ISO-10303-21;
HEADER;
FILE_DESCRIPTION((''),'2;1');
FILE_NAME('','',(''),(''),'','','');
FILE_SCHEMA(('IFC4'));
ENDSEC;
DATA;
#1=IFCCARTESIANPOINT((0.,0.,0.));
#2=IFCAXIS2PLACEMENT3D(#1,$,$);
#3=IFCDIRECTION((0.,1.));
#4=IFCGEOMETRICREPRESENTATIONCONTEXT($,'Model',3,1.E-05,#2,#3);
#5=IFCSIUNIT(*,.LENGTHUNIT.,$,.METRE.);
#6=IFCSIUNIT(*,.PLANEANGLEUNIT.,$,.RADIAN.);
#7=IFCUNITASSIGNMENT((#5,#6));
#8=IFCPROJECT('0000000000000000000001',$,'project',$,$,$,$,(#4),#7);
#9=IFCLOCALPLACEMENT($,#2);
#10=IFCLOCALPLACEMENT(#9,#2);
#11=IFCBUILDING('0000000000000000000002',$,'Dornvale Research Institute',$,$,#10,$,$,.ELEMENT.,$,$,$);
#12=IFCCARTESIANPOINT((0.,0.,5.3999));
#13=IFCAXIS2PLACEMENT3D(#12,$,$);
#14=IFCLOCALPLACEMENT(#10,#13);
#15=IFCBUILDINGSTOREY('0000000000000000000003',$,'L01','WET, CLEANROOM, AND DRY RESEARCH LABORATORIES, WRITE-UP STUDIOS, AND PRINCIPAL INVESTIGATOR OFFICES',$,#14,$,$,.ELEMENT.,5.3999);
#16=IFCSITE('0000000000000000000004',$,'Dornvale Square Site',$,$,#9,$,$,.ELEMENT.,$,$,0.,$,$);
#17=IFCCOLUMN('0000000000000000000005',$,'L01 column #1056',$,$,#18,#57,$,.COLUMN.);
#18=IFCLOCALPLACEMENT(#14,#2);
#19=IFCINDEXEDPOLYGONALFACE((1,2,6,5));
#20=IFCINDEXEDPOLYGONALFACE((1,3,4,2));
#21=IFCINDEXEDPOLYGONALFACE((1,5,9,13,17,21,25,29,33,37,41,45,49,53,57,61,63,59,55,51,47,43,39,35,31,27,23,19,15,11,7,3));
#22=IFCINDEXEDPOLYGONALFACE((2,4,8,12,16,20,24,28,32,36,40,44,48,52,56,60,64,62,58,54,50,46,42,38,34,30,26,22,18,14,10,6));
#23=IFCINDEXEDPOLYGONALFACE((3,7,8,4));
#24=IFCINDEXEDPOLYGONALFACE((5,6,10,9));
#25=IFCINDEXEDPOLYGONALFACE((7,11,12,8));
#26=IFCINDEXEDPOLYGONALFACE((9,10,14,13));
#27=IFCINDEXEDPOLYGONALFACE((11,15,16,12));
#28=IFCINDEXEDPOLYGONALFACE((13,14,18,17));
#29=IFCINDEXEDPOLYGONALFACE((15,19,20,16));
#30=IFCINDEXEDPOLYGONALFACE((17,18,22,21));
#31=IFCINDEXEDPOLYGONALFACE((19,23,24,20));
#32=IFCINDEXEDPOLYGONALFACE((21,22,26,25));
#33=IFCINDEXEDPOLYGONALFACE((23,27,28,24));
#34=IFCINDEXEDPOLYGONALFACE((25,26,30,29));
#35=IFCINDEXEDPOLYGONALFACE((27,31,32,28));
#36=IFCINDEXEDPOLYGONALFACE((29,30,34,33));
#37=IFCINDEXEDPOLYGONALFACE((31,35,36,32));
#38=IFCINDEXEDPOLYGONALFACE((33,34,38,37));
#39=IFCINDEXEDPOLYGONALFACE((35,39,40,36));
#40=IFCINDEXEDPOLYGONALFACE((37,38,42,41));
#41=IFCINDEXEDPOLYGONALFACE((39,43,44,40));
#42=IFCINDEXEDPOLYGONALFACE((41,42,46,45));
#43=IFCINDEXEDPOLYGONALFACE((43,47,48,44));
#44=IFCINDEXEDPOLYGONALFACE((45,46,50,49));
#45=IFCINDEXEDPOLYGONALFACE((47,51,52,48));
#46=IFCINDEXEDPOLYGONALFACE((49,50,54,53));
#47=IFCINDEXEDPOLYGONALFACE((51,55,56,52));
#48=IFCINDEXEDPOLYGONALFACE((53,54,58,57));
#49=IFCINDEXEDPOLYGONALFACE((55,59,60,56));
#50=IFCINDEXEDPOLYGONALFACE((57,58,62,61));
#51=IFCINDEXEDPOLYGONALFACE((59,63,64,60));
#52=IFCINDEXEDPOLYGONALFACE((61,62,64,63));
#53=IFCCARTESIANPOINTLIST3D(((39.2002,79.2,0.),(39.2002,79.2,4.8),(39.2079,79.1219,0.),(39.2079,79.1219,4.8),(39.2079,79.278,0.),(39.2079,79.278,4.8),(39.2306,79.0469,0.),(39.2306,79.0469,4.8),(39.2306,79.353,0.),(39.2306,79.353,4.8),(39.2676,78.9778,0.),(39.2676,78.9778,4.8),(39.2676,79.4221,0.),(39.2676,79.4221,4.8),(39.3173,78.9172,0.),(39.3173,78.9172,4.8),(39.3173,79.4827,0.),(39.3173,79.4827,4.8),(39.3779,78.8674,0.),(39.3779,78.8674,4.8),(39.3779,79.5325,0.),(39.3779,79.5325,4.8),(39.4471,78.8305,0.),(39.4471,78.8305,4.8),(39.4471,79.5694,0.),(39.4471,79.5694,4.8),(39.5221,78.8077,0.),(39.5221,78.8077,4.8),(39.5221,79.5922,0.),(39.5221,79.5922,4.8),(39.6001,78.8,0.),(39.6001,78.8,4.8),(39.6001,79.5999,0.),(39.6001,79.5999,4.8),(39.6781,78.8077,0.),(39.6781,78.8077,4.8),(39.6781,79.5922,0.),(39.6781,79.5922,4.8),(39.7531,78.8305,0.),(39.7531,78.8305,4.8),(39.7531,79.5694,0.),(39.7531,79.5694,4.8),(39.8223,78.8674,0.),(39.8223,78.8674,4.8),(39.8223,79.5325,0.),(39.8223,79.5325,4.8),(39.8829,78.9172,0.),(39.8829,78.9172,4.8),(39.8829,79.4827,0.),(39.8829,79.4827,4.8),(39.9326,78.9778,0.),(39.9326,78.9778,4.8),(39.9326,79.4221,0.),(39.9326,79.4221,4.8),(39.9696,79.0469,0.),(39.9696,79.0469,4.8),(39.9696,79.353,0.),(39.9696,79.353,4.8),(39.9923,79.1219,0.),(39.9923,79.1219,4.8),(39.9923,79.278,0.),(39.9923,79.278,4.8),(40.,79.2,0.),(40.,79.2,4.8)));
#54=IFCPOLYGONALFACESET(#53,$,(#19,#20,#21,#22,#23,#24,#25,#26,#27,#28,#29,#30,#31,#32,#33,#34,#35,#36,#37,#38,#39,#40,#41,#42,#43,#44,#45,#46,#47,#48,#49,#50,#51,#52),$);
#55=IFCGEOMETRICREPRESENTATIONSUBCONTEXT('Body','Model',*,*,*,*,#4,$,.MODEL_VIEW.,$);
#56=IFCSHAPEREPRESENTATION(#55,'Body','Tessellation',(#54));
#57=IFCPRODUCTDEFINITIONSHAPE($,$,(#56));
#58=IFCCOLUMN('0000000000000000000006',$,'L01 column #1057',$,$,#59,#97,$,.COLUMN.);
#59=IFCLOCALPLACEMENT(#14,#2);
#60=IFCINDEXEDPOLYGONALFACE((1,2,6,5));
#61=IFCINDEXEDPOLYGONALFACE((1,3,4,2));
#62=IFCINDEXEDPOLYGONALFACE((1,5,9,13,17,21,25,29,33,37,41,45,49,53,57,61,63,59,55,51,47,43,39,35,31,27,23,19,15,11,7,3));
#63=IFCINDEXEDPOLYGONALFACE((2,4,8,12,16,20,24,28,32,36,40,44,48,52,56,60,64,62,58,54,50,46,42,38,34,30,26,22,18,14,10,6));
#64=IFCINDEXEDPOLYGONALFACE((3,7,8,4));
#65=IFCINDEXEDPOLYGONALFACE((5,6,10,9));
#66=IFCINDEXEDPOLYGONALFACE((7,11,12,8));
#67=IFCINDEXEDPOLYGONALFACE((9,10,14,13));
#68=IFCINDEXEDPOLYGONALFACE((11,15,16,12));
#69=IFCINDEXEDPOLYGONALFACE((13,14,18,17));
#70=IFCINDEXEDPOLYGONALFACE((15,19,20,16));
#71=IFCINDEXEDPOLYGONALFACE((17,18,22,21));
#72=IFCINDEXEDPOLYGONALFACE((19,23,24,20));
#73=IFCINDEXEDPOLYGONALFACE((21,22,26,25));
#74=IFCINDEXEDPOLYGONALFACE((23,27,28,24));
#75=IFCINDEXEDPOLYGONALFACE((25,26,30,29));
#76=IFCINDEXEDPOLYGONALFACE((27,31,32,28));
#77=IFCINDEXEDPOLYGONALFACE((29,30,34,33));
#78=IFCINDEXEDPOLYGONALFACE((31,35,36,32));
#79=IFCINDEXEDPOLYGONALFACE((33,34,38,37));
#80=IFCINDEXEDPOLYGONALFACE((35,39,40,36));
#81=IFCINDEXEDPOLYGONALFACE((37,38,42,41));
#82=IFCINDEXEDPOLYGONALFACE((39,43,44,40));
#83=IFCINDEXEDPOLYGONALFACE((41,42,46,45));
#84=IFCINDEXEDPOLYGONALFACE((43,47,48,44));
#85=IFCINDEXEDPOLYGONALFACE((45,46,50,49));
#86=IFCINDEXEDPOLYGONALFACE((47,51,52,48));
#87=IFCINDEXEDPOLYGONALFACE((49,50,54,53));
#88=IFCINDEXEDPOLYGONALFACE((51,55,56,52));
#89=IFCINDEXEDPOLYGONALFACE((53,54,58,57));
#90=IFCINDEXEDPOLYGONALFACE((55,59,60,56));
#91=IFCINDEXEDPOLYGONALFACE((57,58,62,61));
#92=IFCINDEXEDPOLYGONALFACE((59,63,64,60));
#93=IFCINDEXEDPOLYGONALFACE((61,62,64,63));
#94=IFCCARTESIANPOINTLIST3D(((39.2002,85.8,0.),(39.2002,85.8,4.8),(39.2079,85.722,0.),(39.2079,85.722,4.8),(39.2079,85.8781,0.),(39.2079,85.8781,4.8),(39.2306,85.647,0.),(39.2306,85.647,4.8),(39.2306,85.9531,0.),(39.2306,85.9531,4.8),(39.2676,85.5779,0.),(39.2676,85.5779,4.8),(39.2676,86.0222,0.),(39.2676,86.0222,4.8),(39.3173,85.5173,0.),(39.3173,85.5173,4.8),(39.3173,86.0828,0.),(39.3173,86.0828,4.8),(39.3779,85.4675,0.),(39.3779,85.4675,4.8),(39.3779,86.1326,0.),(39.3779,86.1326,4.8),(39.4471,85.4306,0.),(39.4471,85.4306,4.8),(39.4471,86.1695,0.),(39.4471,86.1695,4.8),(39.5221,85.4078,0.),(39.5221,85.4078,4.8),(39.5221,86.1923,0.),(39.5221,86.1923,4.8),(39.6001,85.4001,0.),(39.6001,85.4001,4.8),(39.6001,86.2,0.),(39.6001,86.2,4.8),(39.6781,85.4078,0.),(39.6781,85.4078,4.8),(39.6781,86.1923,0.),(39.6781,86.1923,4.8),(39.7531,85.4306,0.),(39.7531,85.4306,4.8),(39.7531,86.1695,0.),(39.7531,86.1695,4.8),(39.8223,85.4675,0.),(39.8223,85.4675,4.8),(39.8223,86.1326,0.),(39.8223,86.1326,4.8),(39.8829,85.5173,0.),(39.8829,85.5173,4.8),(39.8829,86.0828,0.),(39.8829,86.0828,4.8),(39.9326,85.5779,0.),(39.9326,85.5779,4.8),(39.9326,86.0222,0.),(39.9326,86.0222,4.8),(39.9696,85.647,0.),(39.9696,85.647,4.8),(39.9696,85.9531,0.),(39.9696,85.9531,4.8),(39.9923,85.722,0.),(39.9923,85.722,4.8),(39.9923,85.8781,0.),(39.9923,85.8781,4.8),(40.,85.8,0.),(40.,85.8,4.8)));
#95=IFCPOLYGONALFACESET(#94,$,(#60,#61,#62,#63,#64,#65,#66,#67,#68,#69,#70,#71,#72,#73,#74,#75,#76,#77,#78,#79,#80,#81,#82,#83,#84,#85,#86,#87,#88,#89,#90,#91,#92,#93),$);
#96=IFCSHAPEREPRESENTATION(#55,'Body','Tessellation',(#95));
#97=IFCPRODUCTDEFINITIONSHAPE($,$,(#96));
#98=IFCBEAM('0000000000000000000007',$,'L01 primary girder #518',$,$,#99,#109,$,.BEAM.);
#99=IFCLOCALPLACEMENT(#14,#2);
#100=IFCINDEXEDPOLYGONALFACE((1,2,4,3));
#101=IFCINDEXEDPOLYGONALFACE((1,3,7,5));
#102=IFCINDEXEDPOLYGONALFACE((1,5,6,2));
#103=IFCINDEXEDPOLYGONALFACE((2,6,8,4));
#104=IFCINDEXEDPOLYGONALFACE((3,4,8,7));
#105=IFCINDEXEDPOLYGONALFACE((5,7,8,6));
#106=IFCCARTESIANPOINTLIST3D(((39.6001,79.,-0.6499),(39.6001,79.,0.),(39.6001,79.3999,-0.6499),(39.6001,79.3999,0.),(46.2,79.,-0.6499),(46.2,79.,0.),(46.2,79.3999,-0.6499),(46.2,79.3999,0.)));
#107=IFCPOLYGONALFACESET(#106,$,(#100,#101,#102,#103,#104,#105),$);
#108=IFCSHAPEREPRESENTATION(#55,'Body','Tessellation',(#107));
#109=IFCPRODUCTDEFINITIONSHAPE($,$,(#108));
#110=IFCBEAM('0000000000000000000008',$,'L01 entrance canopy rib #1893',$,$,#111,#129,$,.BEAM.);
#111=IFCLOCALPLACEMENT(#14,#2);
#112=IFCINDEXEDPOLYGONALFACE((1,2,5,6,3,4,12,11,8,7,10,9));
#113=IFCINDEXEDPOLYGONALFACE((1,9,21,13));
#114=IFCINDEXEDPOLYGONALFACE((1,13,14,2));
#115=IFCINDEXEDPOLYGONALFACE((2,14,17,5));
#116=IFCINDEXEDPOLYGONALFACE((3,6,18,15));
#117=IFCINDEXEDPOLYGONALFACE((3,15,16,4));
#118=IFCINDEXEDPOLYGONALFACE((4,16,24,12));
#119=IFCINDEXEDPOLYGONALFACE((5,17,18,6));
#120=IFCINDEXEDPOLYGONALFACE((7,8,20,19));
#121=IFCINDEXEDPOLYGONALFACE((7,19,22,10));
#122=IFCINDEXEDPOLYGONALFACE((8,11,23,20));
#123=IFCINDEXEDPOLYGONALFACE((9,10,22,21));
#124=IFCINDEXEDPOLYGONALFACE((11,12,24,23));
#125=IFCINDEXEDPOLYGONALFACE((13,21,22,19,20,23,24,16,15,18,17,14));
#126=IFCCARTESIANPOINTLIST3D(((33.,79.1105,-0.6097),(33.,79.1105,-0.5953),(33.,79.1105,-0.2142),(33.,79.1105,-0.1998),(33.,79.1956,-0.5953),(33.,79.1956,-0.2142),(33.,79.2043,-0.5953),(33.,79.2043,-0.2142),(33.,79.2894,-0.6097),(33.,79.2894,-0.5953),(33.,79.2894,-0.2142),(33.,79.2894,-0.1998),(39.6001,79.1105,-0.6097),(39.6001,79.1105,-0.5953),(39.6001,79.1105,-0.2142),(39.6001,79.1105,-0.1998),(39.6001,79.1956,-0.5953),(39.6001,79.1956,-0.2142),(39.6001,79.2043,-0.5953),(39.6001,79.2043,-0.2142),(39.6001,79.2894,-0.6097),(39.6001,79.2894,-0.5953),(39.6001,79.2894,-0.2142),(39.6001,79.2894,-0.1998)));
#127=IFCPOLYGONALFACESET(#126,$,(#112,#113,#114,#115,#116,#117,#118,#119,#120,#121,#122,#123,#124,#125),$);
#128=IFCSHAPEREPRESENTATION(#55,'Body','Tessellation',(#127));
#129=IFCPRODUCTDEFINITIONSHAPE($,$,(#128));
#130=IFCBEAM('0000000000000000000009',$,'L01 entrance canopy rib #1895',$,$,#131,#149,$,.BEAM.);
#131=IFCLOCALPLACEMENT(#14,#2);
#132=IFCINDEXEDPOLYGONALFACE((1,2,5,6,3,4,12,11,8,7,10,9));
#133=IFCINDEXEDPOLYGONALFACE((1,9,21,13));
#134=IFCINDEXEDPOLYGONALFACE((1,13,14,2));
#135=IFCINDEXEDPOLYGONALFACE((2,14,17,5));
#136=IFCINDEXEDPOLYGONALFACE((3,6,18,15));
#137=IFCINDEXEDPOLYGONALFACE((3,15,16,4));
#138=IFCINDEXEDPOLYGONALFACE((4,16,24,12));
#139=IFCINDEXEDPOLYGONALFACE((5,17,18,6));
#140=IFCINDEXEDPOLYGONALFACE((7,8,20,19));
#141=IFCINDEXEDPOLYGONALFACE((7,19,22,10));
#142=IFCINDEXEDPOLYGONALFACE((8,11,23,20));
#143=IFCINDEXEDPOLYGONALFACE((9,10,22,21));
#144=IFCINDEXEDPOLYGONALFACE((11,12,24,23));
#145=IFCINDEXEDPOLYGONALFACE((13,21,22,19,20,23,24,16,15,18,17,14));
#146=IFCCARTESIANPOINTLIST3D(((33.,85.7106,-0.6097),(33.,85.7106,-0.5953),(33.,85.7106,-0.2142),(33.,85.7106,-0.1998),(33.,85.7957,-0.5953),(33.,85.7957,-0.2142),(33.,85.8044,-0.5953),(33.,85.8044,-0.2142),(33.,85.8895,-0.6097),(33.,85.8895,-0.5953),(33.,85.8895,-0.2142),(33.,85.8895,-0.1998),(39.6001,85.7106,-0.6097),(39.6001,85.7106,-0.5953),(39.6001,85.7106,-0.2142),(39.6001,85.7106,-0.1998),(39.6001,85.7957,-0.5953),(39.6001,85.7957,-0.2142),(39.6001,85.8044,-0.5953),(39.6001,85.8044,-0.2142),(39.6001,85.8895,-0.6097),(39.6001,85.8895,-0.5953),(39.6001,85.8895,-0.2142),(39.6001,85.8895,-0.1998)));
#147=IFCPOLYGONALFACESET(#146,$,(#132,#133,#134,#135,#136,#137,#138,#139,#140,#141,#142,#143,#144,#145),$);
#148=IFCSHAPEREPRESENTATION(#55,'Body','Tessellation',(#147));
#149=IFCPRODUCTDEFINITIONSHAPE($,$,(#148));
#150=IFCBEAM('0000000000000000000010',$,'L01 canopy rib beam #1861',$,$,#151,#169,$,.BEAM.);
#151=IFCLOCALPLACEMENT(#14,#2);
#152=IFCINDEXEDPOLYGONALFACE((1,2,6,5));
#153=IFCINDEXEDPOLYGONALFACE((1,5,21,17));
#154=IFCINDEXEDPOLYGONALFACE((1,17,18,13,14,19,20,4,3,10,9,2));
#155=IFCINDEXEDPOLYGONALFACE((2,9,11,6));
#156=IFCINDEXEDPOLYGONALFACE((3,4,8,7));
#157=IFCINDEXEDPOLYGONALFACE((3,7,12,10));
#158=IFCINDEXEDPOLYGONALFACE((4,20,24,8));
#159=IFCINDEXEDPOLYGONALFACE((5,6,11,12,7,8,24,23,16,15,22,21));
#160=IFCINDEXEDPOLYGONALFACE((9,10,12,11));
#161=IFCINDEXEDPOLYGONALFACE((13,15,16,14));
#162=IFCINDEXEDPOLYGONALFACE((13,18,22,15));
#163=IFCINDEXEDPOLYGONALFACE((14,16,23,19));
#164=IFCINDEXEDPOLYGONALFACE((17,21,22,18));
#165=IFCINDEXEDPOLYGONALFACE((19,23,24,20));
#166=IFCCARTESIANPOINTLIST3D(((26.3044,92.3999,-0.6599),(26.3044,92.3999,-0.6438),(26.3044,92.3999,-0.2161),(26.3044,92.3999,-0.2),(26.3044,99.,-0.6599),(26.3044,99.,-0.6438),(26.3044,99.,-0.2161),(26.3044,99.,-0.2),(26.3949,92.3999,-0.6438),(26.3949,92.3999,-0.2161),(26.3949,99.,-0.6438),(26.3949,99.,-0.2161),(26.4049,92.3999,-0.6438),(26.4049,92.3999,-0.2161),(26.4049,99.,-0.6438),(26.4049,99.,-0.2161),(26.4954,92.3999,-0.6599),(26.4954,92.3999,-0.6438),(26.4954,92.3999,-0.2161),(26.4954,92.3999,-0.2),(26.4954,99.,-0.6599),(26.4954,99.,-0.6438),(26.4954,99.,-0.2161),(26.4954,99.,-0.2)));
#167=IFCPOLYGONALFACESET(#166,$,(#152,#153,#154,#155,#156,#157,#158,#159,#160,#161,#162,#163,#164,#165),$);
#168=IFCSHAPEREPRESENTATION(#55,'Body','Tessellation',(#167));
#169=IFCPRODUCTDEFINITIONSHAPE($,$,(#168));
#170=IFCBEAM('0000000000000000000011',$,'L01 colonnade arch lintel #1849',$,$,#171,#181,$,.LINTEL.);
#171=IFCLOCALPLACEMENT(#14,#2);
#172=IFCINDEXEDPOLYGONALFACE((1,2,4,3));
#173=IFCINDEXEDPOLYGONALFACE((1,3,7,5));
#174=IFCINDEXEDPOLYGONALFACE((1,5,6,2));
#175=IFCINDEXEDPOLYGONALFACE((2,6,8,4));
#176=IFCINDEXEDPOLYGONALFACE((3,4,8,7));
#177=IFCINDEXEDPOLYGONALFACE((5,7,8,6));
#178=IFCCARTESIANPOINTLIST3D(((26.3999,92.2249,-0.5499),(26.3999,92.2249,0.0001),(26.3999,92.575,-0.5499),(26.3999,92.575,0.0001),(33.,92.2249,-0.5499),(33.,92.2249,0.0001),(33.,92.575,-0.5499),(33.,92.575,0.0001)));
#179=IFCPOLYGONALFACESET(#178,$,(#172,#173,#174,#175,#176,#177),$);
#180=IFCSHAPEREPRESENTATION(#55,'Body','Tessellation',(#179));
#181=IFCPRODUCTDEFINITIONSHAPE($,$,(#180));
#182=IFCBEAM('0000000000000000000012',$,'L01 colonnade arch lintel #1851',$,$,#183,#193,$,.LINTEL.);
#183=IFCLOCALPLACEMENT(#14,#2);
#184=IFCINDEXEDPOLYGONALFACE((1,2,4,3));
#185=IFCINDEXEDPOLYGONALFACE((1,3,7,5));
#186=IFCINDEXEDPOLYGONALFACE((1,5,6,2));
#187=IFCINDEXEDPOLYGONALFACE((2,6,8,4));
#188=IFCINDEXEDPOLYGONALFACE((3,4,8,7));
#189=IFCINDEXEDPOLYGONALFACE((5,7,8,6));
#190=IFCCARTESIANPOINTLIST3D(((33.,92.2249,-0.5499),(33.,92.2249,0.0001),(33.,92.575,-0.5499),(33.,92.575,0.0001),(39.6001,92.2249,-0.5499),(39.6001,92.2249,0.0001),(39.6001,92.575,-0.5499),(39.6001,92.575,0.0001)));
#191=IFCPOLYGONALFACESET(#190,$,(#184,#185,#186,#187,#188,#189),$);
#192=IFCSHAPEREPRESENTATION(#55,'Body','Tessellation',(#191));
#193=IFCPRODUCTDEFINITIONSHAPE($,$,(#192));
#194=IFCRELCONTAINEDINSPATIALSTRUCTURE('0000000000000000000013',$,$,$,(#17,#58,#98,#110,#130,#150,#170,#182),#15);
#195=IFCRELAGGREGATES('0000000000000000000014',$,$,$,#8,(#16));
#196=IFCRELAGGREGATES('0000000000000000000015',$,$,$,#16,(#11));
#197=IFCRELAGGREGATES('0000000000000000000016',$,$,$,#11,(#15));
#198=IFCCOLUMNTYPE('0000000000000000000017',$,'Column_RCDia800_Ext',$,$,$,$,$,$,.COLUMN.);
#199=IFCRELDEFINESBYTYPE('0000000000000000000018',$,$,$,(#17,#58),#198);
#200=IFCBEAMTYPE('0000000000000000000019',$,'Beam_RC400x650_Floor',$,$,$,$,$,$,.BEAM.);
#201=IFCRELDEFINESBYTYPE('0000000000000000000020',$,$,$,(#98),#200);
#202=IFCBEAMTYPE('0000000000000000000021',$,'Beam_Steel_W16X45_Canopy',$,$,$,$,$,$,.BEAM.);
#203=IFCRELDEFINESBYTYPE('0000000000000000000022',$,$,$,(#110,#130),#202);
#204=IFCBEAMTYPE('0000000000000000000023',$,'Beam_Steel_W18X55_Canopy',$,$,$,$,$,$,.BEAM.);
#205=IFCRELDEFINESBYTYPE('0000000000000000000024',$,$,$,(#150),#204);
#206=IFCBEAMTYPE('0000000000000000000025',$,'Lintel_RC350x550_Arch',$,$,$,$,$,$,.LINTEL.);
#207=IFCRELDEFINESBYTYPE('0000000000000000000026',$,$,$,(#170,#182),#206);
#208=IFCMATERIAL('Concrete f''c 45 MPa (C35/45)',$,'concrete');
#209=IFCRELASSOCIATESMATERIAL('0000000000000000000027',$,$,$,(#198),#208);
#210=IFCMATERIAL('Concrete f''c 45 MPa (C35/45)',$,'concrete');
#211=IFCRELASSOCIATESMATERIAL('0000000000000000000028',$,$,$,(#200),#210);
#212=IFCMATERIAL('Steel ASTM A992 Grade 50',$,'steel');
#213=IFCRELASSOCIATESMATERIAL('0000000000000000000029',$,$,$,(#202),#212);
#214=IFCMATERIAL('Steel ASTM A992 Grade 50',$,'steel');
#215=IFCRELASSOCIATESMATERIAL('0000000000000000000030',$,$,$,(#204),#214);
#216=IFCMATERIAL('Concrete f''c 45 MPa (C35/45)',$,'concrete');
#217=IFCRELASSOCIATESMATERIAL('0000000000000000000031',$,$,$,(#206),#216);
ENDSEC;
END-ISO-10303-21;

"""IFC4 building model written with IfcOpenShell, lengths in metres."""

from ifc_helpers import new_model, si_unit, direction, frame, origin, origin_2d, place, context, subcontext, project, spatial, rectangle, circle, i_section, extrude, material, material_profile, profile_set, type_object, element, save


model = new_model("IFC4")

# Units and contexts
model_context = context("Model", 3, precision=1e-05, world=origin(), true_north=direction((0.0, 1.0)))
body_context = subcontext(model_context, "Body", "Model", "MODEL_VIEW")
ifc_project = project(units=[si_unit("LENGTHUNIT", "METRE"), si_unit("PLANEANGLEUNIT", "RADIAN")], contexts=[model_context])

# Site, building, storey
site_placement = place(None, origin())
site = spatial("IfcSite", under=ifc_project, at=site_placement, Name="Dornvale Square Site", CompositionType="ELEMENT", RefElevation=0.0)
building_placement = place(site_placement, origin())
building = spatial("IfcBuilding", under=site, at=building_placement, Name="Dornvale Research Institute", CompositionType="ELEMENT")
storey_placement = place(building_placement, frame((0.0, 0.0, 5.3999)))
storey = spatial("IfcBuildingStorey", under=building, at=storey_placement, Name="L01", Description="WET, CLEANROOM, AND DRY RESEARCH LABORATORIES, WRITE-UP STUDIOS, AND PRINCIPAL INVESTIGATOR OFFICES", CompositionType="ELEMENT", Elevation=5.3999)

# Columns
ifc_material_1 = material(Name="Concrete f'c 45 MPa (C35/45)", Category="concrete")
ifc_material_profile_1 = material_profile(ifc_material_1, circle(Radius=0.3999, at=origin_2d()), Name="RC DIA 800")
ifc_profile_set_1 = profile_set([ifc_material_profile_1], Name="Concrete f'c 45 MPa (C35/45)")
column_type = type_object("IfcColumnType", Name="Column_RCDia800_Ext", PredefinedType="COLUMN", material=ifc_profile_set_1)
for number, where, z_axis, x_axis, name in (
    (1, (39.6001, 79.2, 0.0), (0.0, 0.0, 1.0), (1.0, 0.0, 0.0), "L01 column #1056"),
    (2, (39.6001, 85.8, 0.0), (0.0, 0.0, 1.0), (1.0, 0.0, 0.0), "L01 column #1057"),
):
    element("IfcColumn", number, at=place(storey_placement, frame(where, z_axis=z_axis, x_axis=x_axis)), inside=storey, type_object=column_type, Name=name, PredefinedType="COLUMN", context=body_context, shape_type="SweptSolid", body=[
        extrude(circle(Radius=0.3999, at=origin_2d()), origin(), (0.0, 0.0, 1.0), 4.8),
    ])

# Beams
ifc_material_2 = material(Name="Concrete f'c 45 MPa (C35/45)", Category="concrete")
ifc_material_profile_2 = material_profile(ifc_material_2, rectangle(XDim=0.3999, YDim=0.6499, at=origin_2d()), Name="RC 400x650")
ifc_profile_set_2 = profile_set([ifc_material_profile_2], Name="Concrete f'c 45 MPa (C35/45)")
beam_type_1 = type_object("IfcBeamType", Name="Beam_RC400x650_Floor", PredefinedType="BEAM", material=ifc_profile_set_2)
beam_1_placement = place(storey_placement, frame((39.6001, 79.2, -0.325), z_axis=(1.0, 0.0, 0.0), x_axis=(0.0, 1.0, 0.0)))
element("IfcBeam", 3, at=beam_1_placement, inside=storey, type_object=beam_type_1, Name="L01 primary girder #518", PredefinedType="BEAM", context=body_context, shape_type="SweptSolid", body=[
    extrude(rectangle(XDim=0.3999, YDim=0.6499, at=origin_2d()), origin(), (0.0, 0.0, 1.0), 6.5999),
])
ifc_material_3 = material(Name="Steel ASTM A992 Grade 50", Category="steel")
ifc_material_profile_3 = material_profile(ifc_material_3, i_section(OverallWidth=0.179, OverallDepth=0.4099, WebThickness=0.0088, FlangeThickness=0.0144, at=origin_2d()), Name="W16X45")
ifc_profile_set_3 = profile_set([ifc_material_profile_3], Name="Steel ASTM A992 Grade 50")
beam_type_2 = type_object("IfcBeamType", Name="Beam_Steel_W16X45_Canopy", PredefinedType="BEAM", material=ifc_profile_set_3)
for number, where, z_axis, x_axis, name in (
    (4, (33.0, 79.2, -0.4048), (1.0, 0.0, 0.0), (0.0, 1.0, 0.0), "L01 entrance canopy rib #1893"),
    (5, (33.0, 85.8, -0.4048), (1.0, 0.0, 0.0), (0.0, 1.0, 0.0), "L01 entrance canopy rib #1895"),
):
    element("IfcBeam", number, at=place(storey_placement, frame(where, z_axis=z_axis, x_axis=x_axis)), inside=storey, type_object=beam_type_2, Name=name, PredefinedType="BEAM", context=body_context, shape_type="SweptSolid", body=[
        extrude(i_section(OverallWidth=0.179, OverallDepth=0.4099, WebThickness=0.0088, FlangeThickness=0.0144, at=origin_2d()), origin(), (0.0, 0.0, 1.0), 6.6001),
    ])
ifc_material_4 = material(Name="Steel ASTM A992 Grade 50", Category="steel")
ifc_material_profile_4 = material_profile(ifc_material_4, i_section(OverallWidth=0.1909, OverallDepth=0.46, WebThickness=0.01, FlangeThickness=0.0161, at=origin_2d()), Name="W18X55")
ifc_profile_set_4 = profile_set([ifc_material_profile_4], Name="Steel ASTM A992 Grade 50")
beam_type_3 = type_object("IfcBeamType", Name="Beam_Steel_W18X55_Canopy", PredefinedType="BEAM", material=ifc_profile_set_4)
beam_2_placement = place(storey_placement, frame((26.3999, 92.3999, -0.4299), z_axis=(0.0, 1.0, 0.0), x_axis=(-1.0, 0.0, 0.0)))
element("IfcBeam", 6, at=beam_2_placement, inside=storey, type_object=beam_type_3, Name="L01 canopy rib beam #1861", PredefinedType="BEAM", context=body_context, shape_type="SweptSolid", body=[
    extrude(i_section(OverallWidth=0.1909, OverallDepth=0.46, WebThickness=0.01, FlangeThickness=0.0161, at=origin_2d()), origin(), (0.0, 0.0, 1.0), 6.6001),
])
ifc_material_5 = material(Name="Concrete f'c 45 MPa (C35/45)", Category="concrete")
ifc_material_profile_5 = material_profile(ifc_material_5, rectangle(XDim=0.3501, YDim=0.55, at=origin_2d()), Name="RC 350x550")
ifc_profile_set_5 = profile_set([ifc_material_profile_5], Name="Concrete f'c 45 MPa (C35/45)")
beam_type_4 = type_object("IfcBeamType", Name="Lintel_RC350x550_Arch", PredefinedType="LINTEL", material=ifc_profile_set_5)
for number, where, z_axis, x_axis, name in (
    (7, (26.3999, 92.3999, -0.2749), (1.0, 0.0, 0.0), (0.0, 1.0, 0.0), "L01 colonnade arch lintel #1849"),
    (8, (33.0, 92.3999, -0.2749), (1.0, 0.0, 0.0), (0.0, 1.0, 0.0), "L01 colonnade arch lintel #1851"),
):
    element("IfcBeam", number, at=place(storey_placement, frame(where, z_axis=z_axis, x_axis=x_axis)), inside=storey, type_object=beam_type_4, Name=name, PredefinedType="LINTEL", context=body_context, shape_type="SweptSolid", body=[
        extrude(rectangle(XDim=0.3501, YDim=0.55, at=origin_2d()), origin(), (0.0, 0.0, 1.0), 6.6001),
    ])

save(model, "model.ifc")
